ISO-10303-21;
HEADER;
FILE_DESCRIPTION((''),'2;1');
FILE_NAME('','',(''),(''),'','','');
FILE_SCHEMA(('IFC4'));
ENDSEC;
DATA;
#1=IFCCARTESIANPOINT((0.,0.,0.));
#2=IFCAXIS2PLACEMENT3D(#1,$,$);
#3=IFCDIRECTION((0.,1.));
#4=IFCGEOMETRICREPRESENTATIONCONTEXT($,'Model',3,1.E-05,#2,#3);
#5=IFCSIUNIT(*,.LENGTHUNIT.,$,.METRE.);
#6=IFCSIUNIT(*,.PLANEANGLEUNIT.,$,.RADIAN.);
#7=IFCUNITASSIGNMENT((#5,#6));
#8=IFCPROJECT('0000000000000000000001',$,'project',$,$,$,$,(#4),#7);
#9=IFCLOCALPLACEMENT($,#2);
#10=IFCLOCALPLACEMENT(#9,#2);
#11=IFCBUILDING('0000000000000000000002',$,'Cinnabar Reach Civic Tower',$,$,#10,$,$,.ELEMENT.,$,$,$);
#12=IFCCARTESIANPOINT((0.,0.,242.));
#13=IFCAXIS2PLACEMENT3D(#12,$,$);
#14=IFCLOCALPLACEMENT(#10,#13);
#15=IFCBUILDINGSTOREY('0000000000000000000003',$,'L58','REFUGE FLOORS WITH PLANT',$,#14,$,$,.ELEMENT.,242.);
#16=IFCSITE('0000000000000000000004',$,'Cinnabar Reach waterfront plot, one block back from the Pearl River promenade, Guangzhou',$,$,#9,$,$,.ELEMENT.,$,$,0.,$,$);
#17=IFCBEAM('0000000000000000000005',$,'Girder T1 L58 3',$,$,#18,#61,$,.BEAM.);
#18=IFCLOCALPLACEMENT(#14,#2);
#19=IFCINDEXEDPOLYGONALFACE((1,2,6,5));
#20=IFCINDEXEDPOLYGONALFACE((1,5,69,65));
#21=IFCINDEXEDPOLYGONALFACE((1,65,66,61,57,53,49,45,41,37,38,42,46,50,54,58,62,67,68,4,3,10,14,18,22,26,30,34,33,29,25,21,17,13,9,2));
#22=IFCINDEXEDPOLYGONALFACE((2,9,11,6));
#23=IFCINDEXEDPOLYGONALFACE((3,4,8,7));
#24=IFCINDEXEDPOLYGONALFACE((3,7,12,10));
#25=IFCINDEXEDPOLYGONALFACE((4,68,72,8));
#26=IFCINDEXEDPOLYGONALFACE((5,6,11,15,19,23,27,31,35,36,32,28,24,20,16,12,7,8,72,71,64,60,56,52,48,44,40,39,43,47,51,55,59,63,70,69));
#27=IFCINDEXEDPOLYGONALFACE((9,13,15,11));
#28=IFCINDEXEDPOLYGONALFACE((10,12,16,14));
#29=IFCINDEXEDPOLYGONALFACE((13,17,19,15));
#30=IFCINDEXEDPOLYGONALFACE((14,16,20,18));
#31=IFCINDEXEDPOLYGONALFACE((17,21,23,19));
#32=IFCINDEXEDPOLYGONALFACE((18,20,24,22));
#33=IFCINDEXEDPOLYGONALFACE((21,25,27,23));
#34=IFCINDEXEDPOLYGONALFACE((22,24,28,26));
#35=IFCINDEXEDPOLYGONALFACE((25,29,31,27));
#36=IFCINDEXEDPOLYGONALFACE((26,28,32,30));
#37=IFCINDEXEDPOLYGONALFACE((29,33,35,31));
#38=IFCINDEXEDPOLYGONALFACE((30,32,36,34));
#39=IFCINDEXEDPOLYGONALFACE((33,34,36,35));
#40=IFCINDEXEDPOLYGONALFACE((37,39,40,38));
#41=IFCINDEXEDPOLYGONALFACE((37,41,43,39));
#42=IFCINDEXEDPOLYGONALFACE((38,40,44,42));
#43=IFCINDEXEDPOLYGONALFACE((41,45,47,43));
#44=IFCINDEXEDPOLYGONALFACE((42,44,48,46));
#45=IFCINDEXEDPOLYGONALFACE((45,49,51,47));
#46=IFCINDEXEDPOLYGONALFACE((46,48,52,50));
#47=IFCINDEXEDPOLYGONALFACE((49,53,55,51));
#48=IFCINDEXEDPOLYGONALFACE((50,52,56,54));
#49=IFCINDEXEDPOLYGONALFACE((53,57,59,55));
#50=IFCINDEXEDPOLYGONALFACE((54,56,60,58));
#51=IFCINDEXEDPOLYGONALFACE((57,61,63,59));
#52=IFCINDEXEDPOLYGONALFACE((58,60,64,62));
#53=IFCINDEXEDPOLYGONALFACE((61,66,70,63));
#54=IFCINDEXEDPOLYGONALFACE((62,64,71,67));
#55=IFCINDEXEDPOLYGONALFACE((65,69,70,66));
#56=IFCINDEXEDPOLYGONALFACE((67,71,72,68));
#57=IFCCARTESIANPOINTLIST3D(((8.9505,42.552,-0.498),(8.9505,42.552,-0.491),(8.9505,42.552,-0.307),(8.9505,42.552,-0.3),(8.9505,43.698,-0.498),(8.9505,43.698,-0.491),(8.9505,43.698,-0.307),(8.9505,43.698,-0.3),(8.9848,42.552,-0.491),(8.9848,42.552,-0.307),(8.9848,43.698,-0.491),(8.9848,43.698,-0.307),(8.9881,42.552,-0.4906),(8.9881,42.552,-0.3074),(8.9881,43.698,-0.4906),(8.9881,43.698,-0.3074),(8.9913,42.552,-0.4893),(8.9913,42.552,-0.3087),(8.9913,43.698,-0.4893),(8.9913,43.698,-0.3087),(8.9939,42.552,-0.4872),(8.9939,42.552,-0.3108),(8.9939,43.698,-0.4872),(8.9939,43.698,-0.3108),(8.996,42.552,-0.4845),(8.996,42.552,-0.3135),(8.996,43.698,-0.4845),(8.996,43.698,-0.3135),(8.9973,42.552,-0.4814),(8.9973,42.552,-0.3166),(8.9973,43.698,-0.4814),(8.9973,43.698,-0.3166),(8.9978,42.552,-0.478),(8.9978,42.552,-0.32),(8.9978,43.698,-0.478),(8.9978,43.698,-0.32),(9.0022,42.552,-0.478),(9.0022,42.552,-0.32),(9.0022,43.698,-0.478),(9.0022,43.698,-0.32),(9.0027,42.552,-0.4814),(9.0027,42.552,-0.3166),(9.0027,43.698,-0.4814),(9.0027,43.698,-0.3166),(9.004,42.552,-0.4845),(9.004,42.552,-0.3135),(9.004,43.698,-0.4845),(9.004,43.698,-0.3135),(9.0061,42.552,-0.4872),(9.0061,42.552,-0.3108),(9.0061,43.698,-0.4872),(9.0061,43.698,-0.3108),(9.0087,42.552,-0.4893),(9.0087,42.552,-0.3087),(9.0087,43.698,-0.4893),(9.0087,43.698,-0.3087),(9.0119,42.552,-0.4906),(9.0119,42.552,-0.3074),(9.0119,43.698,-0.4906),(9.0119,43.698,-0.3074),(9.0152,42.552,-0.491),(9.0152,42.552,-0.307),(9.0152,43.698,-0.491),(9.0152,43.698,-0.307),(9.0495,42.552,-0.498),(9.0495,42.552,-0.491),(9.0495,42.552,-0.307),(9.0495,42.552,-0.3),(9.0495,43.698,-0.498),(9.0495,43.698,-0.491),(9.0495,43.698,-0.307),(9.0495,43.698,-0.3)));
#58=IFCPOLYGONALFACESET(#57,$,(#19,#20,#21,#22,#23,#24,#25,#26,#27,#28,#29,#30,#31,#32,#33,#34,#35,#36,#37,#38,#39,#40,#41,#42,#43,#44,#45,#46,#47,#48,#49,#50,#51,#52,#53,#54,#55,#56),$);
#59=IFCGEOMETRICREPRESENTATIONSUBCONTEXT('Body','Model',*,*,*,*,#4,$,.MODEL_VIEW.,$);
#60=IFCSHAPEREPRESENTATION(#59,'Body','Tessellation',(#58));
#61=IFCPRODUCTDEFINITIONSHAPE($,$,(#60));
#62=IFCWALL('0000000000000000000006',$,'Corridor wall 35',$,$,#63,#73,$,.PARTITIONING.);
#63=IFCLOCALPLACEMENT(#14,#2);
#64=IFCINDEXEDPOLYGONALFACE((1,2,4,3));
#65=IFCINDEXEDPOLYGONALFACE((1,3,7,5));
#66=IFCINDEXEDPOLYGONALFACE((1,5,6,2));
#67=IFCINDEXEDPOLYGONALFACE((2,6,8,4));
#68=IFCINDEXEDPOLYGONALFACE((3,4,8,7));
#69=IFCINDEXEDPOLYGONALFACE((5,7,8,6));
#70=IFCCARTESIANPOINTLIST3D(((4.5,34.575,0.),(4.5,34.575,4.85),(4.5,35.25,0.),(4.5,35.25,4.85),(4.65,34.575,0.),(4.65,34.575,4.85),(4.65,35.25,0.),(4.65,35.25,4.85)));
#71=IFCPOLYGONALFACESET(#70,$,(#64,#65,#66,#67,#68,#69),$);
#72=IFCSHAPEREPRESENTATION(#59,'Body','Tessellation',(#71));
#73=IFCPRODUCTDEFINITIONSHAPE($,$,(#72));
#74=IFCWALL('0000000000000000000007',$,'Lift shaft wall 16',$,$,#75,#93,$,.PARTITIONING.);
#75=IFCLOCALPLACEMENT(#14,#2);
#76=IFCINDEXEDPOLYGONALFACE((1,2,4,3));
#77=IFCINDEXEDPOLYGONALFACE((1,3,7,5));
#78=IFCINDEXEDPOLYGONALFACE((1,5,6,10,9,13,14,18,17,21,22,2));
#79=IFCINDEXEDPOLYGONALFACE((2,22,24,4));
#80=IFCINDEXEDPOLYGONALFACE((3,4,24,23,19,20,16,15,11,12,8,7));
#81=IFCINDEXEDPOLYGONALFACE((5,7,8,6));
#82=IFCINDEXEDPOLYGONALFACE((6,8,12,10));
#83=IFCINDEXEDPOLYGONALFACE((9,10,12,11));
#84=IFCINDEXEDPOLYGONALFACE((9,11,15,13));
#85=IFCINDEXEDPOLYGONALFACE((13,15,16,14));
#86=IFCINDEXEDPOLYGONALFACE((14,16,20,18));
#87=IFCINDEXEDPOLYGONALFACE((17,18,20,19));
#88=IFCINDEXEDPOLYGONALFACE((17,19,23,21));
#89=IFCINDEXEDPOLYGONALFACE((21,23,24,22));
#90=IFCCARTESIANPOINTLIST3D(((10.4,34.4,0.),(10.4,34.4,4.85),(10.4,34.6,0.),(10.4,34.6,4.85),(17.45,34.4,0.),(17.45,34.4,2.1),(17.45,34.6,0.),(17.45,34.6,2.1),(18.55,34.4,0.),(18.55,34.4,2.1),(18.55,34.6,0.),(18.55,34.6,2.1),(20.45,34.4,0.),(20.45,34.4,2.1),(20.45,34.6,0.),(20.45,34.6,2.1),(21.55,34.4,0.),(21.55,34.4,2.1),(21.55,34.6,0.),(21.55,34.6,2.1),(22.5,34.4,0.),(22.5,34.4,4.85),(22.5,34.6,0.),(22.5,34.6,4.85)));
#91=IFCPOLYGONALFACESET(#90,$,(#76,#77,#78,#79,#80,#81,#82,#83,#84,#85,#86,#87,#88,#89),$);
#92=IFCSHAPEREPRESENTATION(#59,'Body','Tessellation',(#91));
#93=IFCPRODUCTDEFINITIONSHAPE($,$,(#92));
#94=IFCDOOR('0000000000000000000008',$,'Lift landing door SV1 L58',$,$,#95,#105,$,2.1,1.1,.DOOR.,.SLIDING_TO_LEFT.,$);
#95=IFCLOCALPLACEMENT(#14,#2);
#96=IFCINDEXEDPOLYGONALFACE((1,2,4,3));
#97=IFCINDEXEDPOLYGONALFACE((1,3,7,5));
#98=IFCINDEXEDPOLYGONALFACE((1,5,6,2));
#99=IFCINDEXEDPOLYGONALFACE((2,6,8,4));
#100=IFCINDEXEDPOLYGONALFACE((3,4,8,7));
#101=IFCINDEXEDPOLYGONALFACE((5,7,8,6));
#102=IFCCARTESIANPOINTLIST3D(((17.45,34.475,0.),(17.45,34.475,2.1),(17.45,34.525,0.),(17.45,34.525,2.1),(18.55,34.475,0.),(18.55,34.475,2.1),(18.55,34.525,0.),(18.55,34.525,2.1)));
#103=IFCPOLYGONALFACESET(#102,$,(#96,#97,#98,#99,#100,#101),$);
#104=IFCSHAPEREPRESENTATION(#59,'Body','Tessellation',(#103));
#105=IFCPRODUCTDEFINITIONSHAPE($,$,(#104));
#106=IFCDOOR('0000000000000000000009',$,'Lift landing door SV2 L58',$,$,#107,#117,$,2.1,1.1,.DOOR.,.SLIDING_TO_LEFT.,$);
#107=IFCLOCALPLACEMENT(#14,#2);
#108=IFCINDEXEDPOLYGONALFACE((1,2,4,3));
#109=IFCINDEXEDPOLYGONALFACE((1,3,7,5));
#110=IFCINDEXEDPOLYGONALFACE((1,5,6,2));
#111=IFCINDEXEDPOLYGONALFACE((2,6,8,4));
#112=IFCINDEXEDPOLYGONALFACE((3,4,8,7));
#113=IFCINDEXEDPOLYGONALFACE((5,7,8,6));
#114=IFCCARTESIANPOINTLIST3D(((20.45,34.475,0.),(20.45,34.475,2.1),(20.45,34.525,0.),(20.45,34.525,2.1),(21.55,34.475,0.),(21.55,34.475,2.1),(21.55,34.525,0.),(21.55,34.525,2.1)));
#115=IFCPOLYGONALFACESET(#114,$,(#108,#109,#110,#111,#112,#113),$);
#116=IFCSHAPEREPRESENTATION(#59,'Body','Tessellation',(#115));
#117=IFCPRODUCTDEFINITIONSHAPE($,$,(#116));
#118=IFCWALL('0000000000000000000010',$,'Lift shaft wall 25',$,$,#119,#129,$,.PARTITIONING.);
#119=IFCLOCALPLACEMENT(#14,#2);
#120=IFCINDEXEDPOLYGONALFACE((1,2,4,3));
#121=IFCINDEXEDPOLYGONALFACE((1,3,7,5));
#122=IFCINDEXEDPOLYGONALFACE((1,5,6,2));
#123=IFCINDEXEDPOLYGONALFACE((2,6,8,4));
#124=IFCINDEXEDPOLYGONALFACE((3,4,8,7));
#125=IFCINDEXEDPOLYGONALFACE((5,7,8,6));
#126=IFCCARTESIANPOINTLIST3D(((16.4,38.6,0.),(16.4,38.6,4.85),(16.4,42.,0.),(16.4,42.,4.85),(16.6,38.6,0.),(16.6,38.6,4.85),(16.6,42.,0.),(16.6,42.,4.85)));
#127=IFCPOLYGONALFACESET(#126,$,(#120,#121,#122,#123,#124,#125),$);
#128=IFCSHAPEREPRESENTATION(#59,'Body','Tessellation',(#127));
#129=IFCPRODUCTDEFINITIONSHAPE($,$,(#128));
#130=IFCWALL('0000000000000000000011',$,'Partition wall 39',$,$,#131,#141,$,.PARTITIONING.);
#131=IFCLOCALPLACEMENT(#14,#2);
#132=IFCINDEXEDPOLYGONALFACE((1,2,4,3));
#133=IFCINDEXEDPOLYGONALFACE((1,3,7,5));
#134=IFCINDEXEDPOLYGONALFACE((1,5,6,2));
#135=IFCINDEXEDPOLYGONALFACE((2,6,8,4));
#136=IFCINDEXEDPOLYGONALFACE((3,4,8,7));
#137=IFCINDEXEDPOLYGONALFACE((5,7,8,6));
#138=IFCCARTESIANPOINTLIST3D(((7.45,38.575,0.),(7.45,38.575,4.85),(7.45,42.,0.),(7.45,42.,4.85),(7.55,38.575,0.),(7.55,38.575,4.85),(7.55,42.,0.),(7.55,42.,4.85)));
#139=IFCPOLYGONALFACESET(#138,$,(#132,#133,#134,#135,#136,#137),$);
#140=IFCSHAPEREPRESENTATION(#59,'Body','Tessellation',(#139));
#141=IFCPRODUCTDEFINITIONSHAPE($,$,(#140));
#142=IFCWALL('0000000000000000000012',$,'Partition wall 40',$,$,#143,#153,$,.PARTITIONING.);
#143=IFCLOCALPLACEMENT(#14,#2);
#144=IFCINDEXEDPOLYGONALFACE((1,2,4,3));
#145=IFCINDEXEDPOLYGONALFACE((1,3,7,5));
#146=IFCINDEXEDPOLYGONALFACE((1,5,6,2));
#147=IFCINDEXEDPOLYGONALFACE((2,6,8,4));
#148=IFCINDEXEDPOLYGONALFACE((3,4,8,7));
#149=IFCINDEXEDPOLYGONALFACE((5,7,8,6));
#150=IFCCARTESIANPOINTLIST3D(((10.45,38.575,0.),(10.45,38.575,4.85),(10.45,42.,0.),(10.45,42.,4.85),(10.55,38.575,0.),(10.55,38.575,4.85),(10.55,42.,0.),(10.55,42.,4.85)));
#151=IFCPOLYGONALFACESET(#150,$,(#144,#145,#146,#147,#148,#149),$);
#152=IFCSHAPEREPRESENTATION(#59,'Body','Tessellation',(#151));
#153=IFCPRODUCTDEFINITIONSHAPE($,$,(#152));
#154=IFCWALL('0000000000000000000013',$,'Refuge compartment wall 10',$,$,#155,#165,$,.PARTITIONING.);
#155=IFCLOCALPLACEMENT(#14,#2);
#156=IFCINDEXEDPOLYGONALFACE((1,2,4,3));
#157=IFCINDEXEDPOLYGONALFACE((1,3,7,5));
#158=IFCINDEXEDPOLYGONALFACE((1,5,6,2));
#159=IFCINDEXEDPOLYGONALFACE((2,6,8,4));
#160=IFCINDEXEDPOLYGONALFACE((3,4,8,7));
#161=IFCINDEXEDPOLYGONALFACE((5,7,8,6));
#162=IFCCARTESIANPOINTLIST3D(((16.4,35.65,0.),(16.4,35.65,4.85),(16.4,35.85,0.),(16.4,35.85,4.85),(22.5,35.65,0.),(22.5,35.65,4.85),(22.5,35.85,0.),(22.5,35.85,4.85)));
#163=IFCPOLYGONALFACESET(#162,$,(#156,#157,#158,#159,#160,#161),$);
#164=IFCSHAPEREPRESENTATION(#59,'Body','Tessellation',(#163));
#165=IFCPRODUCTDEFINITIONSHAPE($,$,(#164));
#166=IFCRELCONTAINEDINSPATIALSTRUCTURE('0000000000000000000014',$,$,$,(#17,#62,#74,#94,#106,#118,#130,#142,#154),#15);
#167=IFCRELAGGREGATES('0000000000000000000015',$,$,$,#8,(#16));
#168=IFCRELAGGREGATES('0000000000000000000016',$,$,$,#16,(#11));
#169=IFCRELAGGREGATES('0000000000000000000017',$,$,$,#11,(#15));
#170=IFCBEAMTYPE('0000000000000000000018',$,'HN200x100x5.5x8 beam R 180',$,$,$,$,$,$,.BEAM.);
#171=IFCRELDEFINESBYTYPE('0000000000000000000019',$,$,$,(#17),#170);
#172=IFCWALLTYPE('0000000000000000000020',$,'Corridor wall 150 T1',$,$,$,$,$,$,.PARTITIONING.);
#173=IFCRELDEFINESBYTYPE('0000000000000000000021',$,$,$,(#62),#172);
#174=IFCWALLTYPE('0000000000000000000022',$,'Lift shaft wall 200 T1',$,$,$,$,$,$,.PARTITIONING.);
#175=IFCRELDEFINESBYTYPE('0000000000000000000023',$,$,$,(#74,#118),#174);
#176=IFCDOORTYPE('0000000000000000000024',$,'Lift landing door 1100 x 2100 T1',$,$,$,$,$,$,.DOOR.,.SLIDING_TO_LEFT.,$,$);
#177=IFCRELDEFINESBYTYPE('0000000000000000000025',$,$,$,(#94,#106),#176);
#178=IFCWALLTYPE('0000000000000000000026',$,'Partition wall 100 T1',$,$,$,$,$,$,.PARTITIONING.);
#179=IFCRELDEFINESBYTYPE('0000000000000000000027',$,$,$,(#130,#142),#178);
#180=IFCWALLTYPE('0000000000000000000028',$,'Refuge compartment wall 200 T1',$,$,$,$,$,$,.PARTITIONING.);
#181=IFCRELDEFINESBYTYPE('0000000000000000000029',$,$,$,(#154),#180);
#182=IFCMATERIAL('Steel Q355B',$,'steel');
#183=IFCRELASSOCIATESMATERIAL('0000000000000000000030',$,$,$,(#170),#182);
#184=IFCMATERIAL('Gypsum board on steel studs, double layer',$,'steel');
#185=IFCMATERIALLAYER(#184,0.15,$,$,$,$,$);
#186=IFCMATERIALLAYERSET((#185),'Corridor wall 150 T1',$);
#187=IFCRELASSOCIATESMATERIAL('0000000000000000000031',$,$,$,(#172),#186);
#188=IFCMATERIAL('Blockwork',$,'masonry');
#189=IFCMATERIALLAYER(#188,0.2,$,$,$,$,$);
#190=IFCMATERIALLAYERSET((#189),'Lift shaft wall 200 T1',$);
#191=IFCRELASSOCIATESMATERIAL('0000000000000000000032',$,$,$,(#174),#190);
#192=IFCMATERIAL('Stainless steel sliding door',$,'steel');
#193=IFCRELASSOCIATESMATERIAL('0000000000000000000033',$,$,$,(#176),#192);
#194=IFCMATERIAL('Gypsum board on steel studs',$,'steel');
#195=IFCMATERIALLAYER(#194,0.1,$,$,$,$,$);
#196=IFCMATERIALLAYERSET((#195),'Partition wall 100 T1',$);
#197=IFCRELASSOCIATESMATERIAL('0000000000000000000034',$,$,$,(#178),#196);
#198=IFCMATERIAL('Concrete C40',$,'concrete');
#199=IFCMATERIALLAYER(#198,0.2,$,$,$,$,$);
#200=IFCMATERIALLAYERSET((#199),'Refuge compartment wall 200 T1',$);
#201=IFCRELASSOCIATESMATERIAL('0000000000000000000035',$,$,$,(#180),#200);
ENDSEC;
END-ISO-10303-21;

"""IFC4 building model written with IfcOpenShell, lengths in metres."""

from ifc_helpers import new_model, si_unit, direction, frame, frame_2d, origin, origin_2d, place, context, subcontext, project, spatial, rectangle, i_section, extrude, material, layer, layer_set, material_profile, profile_set, type_object, element, fill, save


model = new_model("IFC4")

# Units and contexts
model_context = context("Model", 3, precision=1e-05, world=origin(), true_north=direction((0.0, 1.0)))
body_context = subcontext(model_context, "Body", "Model", "MODEL_VIEW")
ifc_project = project(units=[si_unit("LENGTHUNIT", "METRE"), si_unit("PLANEANGLEUNIT", "RADIAN")], contexts=[model_context])

# Site, building, storey
site_placement = place(None, origin())
site = spatial("IfcSite", under=ifc_project, at=site_placement, Name="Cinnabar Reach waterfront plot, one block back from the Pearl River promenade, Guangzhou", CompositionType="ELEMENT", RefElevation=0.0)
building_placement = place(site_placement, origin())
building = spatial("IfcBuilding", under=site, at=building_placement, Name="Cinnabar Reach Civic Tower", CompositionType="ELEMENT")
storey_placement = place(building_placement, frame((0.0, 0.0, 242.0)))
storey = spatial("IfcBuildingStorey", under=building, at=storey_placement, Name="L58", Description="REFUGE FLOORS WITH PLANT", CompositionType="ELEMENT", Elevation=242.0)

# Beam
ifc_material_1 = material(Name="Steel Q355B", Category="steel")
ifc_material_profile = material_profile(ifc_material_1, i_section(OverallWidth=0.099, OverallDepth=0.198, WebThickness=0.0045, FlangeThickness=0.007, FilletRadius=0.013, at=origin_2d()), Name="HN200x100x5.5x8")
ifc_profile_set = profile_set([ifc_material_profile], Name="Steel Q355B")
beam_type = type_object("IfcBeamType", Name="HN200x100x5.5x8 beam R 180", PredefinedType="BEAM", material=ifc_profile_set)
beam_placement = place(storey_placement, frame((9.0, 42.552, -0.399), z_axis=(0.0, 1.0, 0.0), x_axis=(-1.0, 0.0, 0.0)))
element("IfcBeam", 1, at=beam_placement, inside=storey, type_object=beam_type, Name="Girder T1 L58 3", PredefinedType="BEAM", context=body_context, shape_type="SweptSolid", body=[
    extrude(i_section(OverallWidth=0.099, OverallDepth=0.198, WebThickness=0.0045, FlangeThickness=0.007, FilletRadius=0.013, at=origin_2d()), origin(), (0.0, 0.0, 1.0), 1.146),
])

# Wall
ifc_material_2 = material(Name="Gypsum board on steel studs, double layer", Category="steel")
ifc_layer_1 = layer(ifc_material_2, 0.15)
ifc_layer_set_1 = layer_set([ifc_layer_1], Name="Corridor wall 150 T1")
wall_type_1 = type_object("IfcWallType", Name="Corridor wall 150 T1", PredefinedType="PARTITIONING", material=ifc_layer_set_1)
wall_1_placement = place(storey_placement, frame((4.575, 34.575, 0.0), z_axis=(0.0, 0.0, 1.0), x_axis=(0.0, 1.0, 0.0)))
element("IfcWall", 2, at=wall_1_placement, inside=storey, type_object=wall_type_1, Name="Corridor wall 35", PredefinedType="PARTITIONING", context=body_context, shape_type="SweptSolid", body=[
    extrude(rectangle(XDim=0.675, YDim=0.15, at=frame_2d((0.3375, 0.0))), origin(), (0.0, 0.0, 1.0), 4.85),
])

# Wall, openings, doors
ifc_material_3 = material(Name="Blockwork", Category="masonry")
ifc_layer_2 = layer(ifc_material_3, 0.2)
ifc_layer_set_2 = layer_set([ifc_layer_2], Name="Lift shaft wall 200 T1")
wall_type_2 = type_object("IfcWallType", Name="Lift shaft wall 200 T1", PredefinedType="PARTITIONING", material=ifc_layer_set_2)
wall_2_placement = place(storey_placement, frame((10.4, 34.5, 0.0), z_axis=(0.0, 0.0, 1.0), x_axis=(1.0, 0.0, 0.0)))
wall_2 = element("IfcWall", 3, at=wall_2_placement, inside=storey, type_object=wall_type_2, Name="Lift shaft wall 16", PredefinedType="PARTITIONING", context=body_context, shape_type="SweptSolid", body=[
    extrude(rectangle(XDim=12.1, YDim=0.2, at=frame_2d((6.05, 0.0))), origin(), (0.0, 0.0, 1.0), 4.85),
])
opening_1_placement = place(wall_2_placement, frame((7.05, 0.0, 0.0)))
opening_1 = element("IfcOpeningElement", 4, at=opening_1_placement, cuts=wall_2, PredefinedType="OPENING", context=body_context, shape_type="SweptSolid", body=[
    extrude(rectangle(XDim=1.1, YDim=2.1, at=frame_2d((0.55, 1.05))), frame((0.0, 0.11, 0.0), z_axis=(0.0, -1.0, 0.0), x_axis=(1.0, 0.0, 0.0)), (0.0, 0.0, 1.0), 0.22),
])
opening_2_placement = place(wall_2_placement, frame((10.05, 0.0, 0.0)))
opening_2 = element("IfcOpeningElement", 5, at=opening_2_placement, cuts=wall_2, PredefinedType="OPENING", context=body_context, shape_type="SweptSolid", body=[
    extrude(rectangle(XDim=1.1, YDim=2.1, at=frame_2d((0.55, 1.05))), frame((0.0, 0.11, 0.0), z_axis=(0.0, -1.0, 0.0), x_axis=(1.0, 0.0, 0.0)), (0.0, 0.0, 1.0), 0.22),
])
ifc_material_4 = material(Name="Stainless steel sliding door", Category="steel")
door_type_1 = type_object("IfcDoorType", Name="Lift landing door 1100 x 2100 T1", OperationType="SLIDING_TO_LEFT", PredefinedType="DOOR", material=ifc_material_4)
door_1_placement = place(opening_1_placement, origin())
door_1 = element("IfcDoor", 6, at=door_1_placement, inside=storey, type_object=door_type_1, Name="Lift landing door SV1 L58", OperationType="SLIDING_TO_LEFT", OverallHeight=2.1, OverallWidth=1.1, PredefinedType="DOOR", context=body_context, shape_type="SweptSolid", body=[
    extrude(rectangle(XDim=1.1, YDim=2.1, at=frame_2d((0.55, 1.05))), frame((0.0, 0.025, 0.0), z_axis=(0.0, -1.0, 0.0), x_axis=(1.0, 0.0, 0.0)), (0.0, 0.0, 1.0), 0.05),
])
fill(opening_1, door_1)
door_2_placement = place(opening_2_placement, origin())
door_2 = element("IfcDoor", 7, at=door_2_placement, inside=storey, type_object=door_type_1, Name="Lift landing door SV2 L58", OperationType="SLIDING_TO_LEFT", OverallHeight=2.1, OverallWidth=1.1, PredefinedType="DOOR", context=body_context, shape_type="SweptSolid", body=[
    extrude(rectangle(XDim=1.1, YDim=2.1, at=frame_2d((0.55, 1.05))), frame((0.0, 0.025, 0.0), z_axis=(0.0, -1.0, 0.0), x_axis=(1.0, 0.0, 0.0)), (0.0, 0.0, 1.0), 0.05),
])
fill(opening_2, door_2)

# Walls
wall_3_placement = place(storey_placement, frame((16.5, 38.6, 0.0), z_axis=(0.0, 0.0, 1.0), x_axis=(0.0, 1.0, 0.0)))
element("IfcWall", 8, at=wall_3_placement, inside=storey, type_object=wall_type_2, Name="Lift shaft wall 25", PredefinedType="PARTITIONING", context=body_context, shape_type="SweptSolid", body=[
    extrude(rectangle(XDim=3.4, YDim=0.2, at=frame_2d((1.7, 0.0))), origin(), (0.0, 0.0, 1.0), 4.85),
])
ifc_material_5 = material(Name="Gypsum board on steel studs", Category="steel")
ifc_layer_3 = layer(ifc_material_5, 0.1)
ifc_layer_set_3 = layer_set([ifc_layer_3], Name="Partition wall 100 T1")
wall_type_3 = type_object("IfcWallType", Name="Partition wall 100 T1", PredefinedType="PARTITIONING", material=ifc_layer_set_3)
for number, where, z_axis, x_axis, name in (
    (9, (7.5, 38.575, 0.0), (0.0, 0.0, 1.0), (0.0, 1.0, 0.0), "Partition wall 39"),
    (10, (10.5, 38.575, 0.0), (0.0, 0.0, 1.0), (0.0, 1.0, 0.0), "Partition wall 40"),
):
    element("IfcWall", number, at=place(storey_placement, frame(where, z_axis=z_axis, x_axis=x_axis)), inside=storey, type_object=wall_type_3, Name=name, PredefinedType="PARTITIONING", context=body_context, shape_type="SweptSolid", body=[
        extrude(rectangle(XDim=3.425, YDim=0.1, at=frame_2d((1.7125, 0.0))), origin(), (0.0, 0.0, 1.0), 4.85),
    ])
ifc_material_6 = material(Name="Concrete C40", Category="concrete")
ifc_layer_4 = layer(ifc_material_6, 0.2)
ifc_layer_set_4 = layer_set([ifc_layer_4], Name="Refuge compartment wall 200 T1")
wall_type_4 = type_object("IfcWallType", Name="Refuge compartment wall 200 T1", PredefinedType="PARTITIONING", material=ifc_layer_set_4)
wall_4_placement = place(storey_placement, frame((16.4, 35.75, 0.0), z_axis=(0.0, 0.0, 1.0), x_axis=(1.0, 0.0, 0.0)))
element("IfcWall", 11, at=wall_4_placement, inside=storey, type_object=wall_type_4, Name="Refuge compartment wall 10", PredefinedType="PARTITIONING", context=body_context, shape_type="SweptSolid", body=[
    extrude(rectangle(XDim=6.1, YDim=0.2, at=frame_2d((3.05, 0.0))), origin(), (0.0, 0.0, 1.0), 4.85),
])

save(model, "model.ifc")
